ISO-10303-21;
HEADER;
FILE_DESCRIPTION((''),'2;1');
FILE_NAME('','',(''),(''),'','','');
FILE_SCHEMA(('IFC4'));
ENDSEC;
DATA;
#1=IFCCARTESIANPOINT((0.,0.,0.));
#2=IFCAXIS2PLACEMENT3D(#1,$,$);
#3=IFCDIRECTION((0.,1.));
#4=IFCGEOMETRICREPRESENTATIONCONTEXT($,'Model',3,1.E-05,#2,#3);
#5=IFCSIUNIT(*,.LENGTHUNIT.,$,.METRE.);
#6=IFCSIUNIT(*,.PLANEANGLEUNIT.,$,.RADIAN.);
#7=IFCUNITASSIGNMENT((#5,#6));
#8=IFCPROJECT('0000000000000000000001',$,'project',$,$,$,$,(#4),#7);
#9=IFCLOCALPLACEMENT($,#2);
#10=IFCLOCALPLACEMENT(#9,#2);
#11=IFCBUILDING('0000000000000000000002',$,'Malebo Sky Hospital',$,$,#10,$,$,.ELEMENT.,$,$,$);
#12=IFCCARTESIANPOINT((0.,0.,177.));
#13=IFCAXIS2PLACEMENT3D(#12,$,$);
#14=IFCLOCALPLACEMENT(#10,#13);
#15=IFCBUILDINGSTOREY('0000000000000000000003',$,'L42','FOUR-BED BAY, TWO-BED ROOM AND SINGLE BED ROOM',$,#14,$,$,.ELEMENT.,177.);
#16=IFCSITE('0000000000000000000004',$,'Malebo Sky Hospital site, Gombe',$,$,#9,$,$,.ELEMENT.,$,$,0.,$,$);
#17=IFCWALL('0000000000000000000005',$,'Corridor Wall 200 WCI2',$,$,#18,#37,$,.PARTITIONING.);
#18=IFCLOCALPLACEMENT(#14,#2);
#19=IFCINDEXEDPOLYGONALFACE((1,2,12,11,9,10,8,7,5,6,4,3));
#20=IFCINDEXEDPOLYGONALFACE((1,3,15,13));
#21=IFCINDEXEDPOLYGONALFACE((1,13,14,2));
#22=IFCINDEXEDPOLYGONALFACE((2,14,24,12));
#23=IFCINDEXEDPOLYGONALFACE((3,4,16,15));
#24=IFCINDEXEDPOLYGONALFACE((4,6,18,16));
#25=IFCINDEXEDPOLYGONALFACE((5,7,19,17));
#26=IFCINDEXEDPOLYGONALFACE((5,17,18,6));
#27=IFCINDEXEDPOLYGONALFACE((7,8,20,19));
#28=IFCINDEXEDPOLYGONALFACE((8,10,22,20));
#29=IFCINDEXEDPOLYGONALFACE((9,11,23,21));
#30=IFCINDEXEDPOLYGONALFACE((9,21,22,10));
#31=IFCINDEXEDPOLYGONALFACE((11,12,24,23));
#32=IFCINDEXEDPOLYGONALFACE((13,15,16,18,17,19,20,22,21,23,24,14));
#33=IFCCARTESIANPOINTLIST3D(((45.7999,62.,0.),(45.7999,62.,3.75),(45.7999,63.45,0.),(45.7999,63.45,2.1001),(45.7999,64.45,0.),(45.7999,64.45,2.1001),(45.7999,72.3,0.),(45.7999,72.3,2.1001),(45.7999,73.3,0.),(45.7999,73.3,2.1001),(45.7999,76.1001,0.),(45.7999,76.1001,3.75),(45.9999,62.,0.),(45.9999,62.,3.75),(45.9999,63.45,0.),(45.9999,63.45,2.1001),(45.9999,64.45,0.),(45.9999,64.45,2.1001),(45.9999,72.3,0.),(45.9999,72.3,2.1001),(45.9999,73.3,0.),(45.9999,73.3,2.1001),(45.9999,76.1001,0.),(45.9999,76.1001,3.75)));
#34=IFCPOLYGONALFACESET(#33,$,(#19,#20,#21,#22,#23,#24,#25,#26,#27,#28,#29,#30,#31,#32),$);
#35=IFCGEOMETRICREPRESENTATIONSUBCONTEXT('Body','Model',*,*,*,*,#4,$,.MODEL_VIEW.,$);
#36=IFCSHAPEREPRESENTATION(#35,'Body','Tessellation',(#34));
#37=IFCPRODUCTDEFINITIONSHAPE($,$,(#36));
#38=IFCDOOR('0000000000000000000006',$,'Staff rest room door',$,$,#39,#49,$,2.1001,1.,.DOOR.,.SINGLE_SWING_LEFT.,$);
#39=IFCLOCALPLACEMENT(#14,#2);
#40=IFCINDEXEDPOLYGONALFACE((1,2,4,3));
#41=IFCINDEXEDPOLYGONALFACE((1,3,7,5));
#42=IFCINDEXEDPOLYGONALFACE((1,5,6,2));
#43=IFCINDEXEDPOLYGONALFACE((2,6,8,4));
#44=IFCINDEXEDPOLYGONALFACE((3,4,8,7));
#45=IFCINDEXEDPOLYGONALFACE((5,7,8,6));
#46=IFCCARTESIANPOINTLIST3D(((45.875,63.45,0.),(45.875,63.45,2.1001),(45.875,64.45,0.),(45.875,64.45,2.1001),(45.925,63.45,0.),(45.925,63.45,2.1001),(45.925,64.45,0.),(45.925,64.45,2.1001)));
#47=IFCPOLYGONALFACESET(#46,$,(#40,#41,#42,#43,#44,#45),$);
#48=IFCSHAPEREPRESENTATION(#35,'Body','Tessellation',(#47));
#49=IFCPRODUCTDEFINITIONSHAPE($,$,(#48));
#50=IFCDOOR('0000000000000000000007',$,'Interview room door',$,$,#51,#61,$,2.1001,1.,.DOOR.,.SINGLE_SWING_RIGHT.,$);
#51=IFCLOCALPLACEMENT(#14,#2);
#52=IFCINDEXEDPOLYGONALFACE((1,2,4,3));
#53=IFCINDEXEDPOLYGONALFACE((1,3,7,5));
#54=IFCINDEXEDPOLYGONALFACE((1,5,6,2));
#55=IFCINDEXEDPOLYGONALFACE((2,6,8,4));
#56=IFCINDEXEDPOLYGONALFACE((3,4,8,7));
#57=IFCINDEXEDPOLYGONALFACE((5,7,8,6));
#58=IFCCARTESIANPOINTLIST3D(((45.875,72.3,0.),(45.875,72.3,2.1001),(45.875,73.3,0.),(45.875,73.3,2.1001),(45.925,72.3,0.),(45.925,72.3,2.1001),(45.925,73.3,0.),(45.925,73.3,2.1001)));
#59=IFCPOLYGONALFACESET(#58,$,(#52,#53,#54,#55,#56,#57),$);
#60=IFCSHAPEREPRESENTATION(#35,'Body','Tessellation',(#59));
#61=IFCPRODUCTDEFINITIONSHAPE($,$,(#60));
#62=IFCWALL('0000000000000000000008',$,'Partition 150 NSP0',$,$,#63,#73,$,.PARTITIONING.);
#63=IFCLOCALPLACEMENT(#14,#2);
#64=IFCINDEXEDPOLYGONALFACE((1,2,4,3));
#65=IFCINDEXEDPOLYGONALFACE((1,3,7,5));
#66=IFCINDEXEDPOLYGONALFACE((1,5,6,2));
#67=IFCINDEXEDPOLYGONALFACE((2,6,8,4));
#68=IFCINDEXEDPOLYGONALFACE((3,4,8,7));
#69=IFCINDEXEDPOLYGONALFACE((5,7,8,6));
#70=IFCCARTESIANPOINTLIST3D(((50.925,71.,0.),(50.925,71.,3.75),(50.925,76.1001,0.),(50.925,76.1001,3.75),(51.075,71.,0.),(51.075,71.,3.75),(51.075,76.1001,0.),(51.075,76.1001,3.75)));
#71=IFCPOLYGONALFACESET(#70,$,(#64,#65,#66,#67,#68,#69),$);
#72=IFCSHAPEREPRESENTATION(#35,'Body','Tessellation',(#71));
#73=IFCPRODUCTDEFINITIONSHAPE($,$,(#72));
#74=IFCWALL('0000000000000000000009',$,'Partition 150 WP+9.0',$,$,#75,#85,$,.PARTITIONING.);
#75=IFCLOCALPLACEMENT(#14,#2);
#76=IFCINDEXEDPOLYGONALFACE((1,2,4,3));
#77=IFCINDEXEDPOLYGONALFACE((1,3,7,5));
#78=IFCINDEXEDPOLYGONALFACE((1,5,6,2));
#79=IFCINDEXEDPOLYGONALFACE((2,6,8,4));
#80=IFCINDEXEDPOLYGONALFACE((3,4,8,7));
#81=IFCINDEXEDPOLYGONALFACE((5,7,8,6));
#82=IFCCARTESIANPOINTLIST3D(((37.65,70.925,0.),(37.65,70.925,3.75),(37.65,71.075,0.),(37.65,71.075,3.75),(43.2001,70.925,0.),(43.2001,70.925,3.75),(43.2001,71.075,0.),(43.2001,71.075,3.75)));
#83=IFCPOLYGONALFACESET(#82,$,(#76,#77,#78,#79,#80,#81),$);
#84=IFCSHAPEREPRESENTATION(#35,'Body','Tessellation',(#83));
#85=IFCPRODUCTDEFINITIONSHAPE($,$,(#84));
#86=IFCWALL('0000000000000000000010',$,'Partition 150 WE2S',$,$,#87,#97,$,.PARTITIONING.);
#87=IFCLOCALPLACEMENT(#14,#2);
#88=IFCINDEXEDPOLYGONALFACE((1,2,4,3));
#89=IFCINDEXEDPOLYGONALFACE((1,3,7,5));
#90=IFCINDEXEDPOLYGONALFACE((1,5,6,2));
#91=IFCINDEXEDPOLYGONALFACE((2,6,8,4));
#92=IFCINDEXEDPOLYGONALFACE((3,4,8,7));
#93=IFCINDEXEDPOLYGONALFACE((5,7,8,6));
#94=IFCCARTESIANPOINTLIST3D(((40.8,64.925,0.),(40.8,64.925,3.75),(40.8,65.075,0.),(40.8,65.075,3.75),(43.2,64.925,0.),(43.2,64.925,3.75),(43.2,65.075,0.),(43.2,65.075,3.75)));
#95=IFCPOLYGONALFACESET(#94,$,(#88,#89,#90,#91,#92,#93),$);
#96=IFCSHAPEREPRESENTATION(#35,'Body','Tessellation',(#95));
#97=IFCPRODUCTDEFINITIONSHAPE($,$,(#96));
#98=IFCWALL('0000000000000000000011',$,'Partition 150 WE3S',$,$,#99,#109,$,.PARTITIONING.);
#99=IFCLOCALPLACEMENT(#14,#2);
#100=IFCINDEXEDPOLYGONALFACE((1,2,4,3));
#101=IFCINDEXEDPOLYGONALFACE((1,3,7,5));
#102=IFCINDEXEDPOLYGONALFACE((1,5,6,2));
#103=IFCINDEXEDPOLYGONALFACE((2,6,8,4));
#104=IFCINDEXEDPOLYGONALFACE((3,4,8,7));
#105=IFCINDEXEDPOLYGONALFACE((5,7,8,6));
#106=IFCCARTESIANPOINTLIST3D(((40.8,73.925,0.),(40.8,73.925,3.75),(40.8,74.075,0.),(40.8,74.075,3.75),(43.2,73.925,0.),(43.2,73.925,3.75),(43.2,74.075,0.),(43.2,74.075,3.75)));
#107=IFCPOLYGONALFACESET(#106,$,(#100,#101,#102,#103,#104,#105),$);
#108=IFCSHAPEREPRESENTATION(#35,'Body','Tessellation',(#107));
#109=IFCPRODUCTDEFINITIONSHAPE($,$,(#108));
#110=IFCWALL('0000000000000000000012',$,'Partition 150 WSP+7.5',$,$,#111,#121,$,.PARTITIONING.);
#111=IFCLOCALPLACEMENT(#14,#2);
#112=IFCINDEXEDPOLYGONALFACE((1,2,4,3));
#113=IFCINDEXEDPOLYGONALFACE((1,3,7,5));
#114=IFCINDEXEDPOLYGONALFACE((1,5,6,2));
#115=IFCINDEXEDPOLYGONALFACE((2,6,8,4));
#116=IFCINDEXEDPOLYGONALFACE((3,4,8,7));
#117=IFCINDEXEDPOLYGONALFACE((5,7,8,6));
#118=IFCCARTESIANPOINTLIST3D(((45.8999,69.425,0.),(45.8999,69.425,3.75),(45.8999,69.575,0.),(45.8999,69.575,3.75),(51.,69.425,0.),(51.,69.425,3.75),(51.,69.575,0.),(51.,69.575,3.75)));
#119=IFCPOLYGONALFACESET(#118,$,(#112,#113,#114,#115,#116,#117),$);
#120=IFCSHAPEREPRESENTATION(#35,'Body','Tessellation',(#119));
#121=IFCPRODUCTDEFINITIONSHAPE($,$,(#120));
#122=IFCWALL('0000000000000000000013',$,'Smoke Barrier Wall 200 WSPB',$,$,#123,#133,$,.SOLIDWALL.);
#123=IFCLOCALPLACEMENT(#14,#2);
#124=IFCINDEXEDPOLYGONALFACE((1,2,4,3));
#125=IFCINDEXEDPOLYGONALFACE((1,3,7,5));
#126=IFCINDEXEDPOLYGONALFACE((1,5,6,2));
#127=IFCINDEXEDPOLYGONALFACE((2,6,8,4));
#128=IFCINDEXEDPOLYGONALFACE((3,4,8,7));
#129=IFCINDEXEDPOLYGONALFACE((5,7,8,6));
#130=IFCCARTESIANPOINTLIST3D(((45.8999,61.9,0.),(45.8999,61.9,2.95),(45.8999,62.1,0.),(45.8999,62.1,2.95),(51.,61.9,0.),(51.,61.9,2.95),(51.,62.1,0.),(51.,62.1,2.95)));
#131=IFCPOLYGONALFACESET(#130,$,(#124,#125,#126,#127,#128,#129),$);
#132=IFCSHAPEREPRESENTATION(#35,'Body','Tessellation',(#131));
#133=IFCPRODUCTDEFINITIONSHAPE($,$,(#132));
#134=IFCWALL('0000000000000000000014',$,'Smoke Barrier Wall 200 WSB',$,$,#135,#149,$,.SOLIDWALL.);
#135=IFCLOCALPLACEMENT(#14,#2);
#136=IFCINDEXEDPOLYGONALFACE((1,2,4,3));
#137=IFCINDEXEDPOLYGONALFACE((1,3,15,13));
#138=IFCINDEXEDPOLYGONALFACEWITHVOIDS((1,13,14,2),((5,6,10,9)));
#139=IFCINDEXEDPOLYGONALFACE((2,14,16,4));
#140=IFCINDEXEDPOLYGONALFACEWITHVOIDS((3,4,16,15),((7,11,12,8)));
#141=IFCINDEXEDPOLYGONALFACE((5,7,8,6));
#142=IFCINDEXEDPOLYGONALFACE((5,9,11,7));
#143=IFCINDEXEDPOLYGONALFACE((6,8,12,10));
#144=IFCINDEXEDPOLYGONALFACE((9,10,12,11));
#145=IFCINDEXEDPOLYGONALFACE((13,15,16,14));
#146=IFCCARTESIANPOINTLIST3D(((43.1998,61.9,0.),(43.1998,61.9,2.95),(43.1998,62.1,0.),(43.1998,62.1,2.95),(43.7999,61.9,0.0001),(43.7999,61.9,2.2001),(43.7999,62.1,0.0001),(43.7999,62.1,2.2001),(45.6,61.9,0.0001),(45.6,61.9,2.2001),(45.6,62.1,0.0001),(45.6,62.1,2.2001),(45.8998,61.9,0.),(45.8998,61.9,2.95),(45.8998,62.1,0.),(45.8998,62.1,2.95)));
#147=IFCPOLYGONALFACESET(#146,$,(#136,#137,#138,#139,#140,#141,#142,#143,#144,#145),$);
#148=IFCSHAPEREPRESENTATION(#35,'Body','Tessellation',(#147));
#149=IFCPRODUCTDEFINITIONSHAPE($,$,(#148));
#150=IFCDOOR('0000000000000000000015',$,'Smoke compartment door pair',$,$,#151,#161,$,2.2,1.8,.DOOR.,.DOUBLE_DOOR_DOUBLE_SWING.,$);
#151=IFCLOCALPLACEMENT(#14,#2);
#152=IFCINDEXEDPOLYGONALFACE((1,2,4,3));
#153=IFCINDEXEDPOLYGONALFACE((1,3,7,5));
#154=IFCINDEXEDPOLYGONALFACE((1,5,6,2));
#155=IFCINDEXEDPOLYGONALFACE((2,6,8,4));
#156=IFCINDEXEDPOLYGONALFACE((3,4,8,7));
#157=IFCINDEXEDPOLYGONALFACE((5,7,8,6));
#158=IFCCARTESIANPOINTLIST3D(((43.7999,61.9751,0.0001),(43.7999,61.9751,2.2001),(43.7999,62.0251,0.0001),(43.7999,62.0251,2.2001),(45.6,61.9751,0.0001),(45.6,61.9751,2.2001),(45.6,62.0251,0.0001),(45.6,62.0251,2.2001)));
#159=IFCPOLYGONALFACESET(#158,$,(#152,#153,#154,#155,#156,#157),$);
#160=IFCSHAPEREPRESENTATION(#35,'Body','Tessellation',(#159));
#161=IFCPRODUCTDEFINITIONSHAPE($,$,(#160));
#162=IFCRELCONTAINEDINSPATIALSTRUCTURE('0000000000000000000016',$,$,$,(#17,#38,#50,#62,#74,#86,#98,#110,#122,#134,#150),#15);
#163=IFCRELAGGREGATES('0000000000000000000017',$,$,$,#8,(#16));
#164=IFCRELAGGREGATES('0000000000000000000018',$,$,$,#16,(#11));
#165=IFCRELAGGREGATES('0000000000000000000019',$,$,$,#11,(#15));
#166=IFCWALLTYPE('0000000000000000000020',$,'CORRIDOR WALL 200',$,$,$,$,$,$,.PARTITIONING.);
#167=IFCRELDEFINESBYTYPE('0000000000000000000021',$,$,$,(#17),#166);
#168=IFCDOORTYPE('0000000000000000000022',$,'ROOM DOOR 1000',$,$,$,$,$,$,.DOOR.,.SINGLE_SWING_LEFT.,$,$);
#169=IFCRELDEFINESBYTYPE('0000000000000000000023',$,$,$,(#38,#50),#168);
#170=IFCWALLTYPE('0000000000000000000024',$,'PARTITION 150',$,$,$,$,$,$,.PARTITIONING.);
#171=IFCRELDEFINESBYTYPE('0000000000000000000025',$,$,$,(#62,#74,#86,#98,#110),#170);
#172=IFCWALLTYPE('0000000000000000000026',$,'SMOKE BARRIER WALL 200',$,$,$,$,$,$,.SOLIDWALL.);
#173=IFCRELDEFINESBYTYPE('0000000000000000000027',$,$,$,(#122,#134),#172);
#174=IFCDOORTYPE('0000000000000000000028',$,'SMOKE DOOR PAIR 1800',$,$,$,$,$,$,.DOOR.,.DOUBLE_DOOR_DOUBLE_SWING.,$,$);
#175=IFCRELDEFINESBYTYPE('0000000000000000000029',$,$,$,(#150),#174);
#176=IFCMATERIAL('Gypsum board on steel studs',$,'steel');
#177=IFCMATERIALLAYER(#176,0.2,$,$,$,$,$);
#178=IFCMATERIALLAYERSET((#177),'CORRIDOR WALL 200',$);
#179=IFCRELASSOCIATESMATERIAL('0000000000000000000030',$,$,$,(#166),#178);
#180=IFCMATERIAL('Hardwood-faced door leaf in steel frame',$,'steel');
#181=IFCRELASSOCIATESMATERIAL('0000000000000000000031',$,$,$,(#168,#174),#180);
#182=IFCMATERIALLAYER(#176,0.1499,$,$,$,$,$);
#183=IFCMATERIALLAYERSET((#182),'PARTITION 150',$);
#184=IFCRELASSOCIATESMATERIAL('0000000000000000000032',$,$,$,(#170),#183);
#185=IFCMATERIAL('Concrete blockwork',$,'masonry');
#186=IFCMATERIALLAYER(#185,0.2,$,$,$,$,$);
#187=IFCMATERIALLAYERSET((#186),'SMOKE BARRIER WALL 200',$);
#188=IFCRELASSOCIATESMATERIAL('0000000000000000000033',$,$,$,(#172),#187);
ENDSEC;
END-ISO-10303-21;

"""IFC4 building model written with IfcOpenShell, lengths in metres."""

from ifc_helpers import new_model, si_unit, direction, frame, frame_2d, origin, place, context, subcontext, project, spatial, rectangle, extrude, material, layer, layer_set, type_object, element, fill, save


model = new_model("IFC4")

# Units and contexts
model_context = context("Model", 3, precision=1e-05, world=origin(), true_north=direction((0.0, 1.0)))
body_context = subcontext(model_context, "Body", "Model", "MODEL_VIEW")
ifc_project = project(units=[si_unit("LENGTHUNIT", "METRE"), si_unit("PLANEANGLEUNIT", "RADIAN")], contexts=[model_context])

# Site, building, storey
site_placement = place(None, origin())
site = spatial("IfcSite", under=ifc_project, at=site_placement, Name="Malebo Sky Hospital site, Gombe", CompositionType="ELEMENT", RefElevation=0.0)
building_placement = place(site_placement, origin())
building = spatial("IfcBuilding", under=site, at=building_placement, Name="Malebo Sky Hospital", CompositionType="ELEMENT")
storey_placement = place(building_placement, frame((0.0, 0.0, 177.0)))
storey = spatial("IfcBuildingStorey", under=building, at=storey_placement, Name="L42", Description="FOUR-BED BAY, TWO-BED ROOM AND SINGLE BED ROOM", CompositionType="ELEMENT", Elevation=177.0)

# Shared definitions
ifc_material_1 = material(Name="Hardwood-faced door leaf in steel frame", Category="steel")

# Wall, openings, doors
ifc_material_2 = material(Name="Gypsum board on steel studs", Category="steel")
ifc_layer_1 = layer(ifc_material_2, 0.2)
ifc_layer_set_1 = layer_set([ifc_layer_1], Name="CORRIDOR WALL 200")
wall_type_1 = type_object("IfcWallType", Name="CORRIDOR WALL 200", PredefinedType="PARTITIONING", material=ifc_layer_set_1)
wall_1_placement = place(storey_placement, frame((45.8999, 62.0, 0.0), z_axis=(0.0, 0.0, 1.0), x_axis=(0.0, 1.0, 0.0)))
wall_1 = element("IfcWall", 1, at=wall_1_placement, inside=storey, type_object=wall_type_1, Name="Corridor Wall 200 WCI2", PredefinedType="PARTITIONING", context=body_context, shape_type="SweptSolid", body=[
    extrude(rectangle(XDim=14.1001, YDim=0.2, at=frame_2d((7.05, 0.0))), origin(), (0.0, 0.0, 1.0), 3.75),
])
opening_1_placement = place(wall_1_placement, frame((1.45, 0.0, 0.0)))
opening_1 = element("IfcOpeningElement", 2, at=opening_1_placement, cuts=wall_1, PredefinedType="OPENING", context=body_context, shape_type="SweptSolid", body=[
    extrude(rectangle(XDim=1.0, YDim=2.1001, at=frame_2d((0.5, 1.05))), frame((0.0, 0.1099, 0.0), z_axis=(0.0, -1.0, 0.0), x_axis=(1.0, 0.0, 0.0)), (0.0, 0.0, 1.0), 0.22),
])
opening_2_placement = place(wall_1_placement, frame((10.3, 0.0, 0.0)))
opening_2 = element("IfcOpeningElement", 3, at=opening_2_placement, cuts=wall_1, PredefinedType="OPENING", context=body_context, shape_type="SweptSolid", body=[
    extrude(rectangle(XDim=1.0, YDim=2.1001, at=frame_2d((0.5, 1.05))), frame((0.0, 0.1099, 0.0), z_axis=(0.0, -1.0, 0.0), x_axis=(1.0, 0.0, 0.0)), (0.0, 0.0, 1.0), 0.22),
])
door_type_1 = type_object("IfcDoorType", Name="ROOM DOOR 1000", OperationType="SINGLE_SWING_LEFT", PredefinedType="DOOR", material=ifc_material_1)
door_1_placement = place(opening_1_placement, origin())
door_1 = element("IfcDoor", 4, at=door_1_placement, inside=storey, type_object=door_type_1, Name="Staff rest room door", OperationType="SINGLE_SWING_LEFT", OverallHeight=2.1001, OverallWidth=1.0, PredefinedType="DOOR", context=body_context, shape_type="SweptSolid", body=[
    extrude(rectangle(XDim=1.0, YDim=2.1001, at=frame_2d((0.5, 1.05))), frame((0.0, 0.0249, 0.0), z_axis=(0.0, -1.0, 0.0), x_axis=(1.0, 0.0, 0.0)), (0.0, 0.0, 1.0), 0.05),
])
fill(opening_1, door_1)
door_2_placement = place(opening_2_placement, origin())
door_2 = element("IfcDoor", 5, at=door_2_placement, inside=storey, type_object=door_type_1, Name="Interview room door", OperationType="SINGLE_SWING_RIGHT", OverallHeight=2.1001, OverallWidth=1.0, PredefinedType="DOOR", context=body_context, shape_type="SweptSolid", body=[
    extrude(rectangle(XDim=1.0, YDim=2.1001, at=frame_2d((0.5, 1.05))), frame((0.0, 0.0249, 0.0), z_axis=(0.0, -1.0, 0.0), x_axis=(1.0, 0.0, 0.0)), (0.0, 0.0, 1.0), 0.05),
])
fill(opening_2, door_2)

# Walls
ifc_layer_2 = layer(ifc_material_2, 0.1499)
ifc_layer_set_2 = layer_set([ifc_layer_2], Name="PARTITION 150")
wall_type_2 = type_object("IfcWallType", Name="PARTITION 150", PredefinedType="PARTITIONING", material=ifc_layer_set_2)
wall_2_placement = place(storey_placement, frame((51.0, 71.0, 0.0), z_axis=(0.0, 0.0, 1.0), x_axis=(0.0, 1.0, 0.0)))
element("IfcWall", 6, at=wall_2_placement, inside=storey, type_object=wall_type_2, Name="Partition 150 NSP0", PredefinedType="PARTITIONING", context=body_context, shape_type="SweptSolid", body=[
    extrude(rectangle(XDim=5.1001, YDim=0.1499, at=frame_2d((2.55, 0.0))), origin(), (0.0, 0.0, 1.0), 3.75),
])
wall_3_placement = place(storey_placement, frame((43.2, 71.0, 0.0), z_axis=(0.0, 0.0, 1.0), x_axis=(-1.0, 0.0, 0.0)))
element("IfcWall", 7, at=wall_3_placement, inside=storey, type_object=wall_type_2, Name="Partition 150 WP+9.0", PredefinedType="PARTITIONING", context=body_context, shape_type="SweptSolid", body=[
    extrude(rectangle(XDim=5.55, YDim=0.1499, at=frame_2d((2.7749, 0.0))), origin(), (0.0, 0.0, 1.0), 3.75),
])
for number, where, z_axis, x_axis, name in (
    (8, (43.2, 65.0, 0.0), (0.0, 0.0, 1.0), (-1.0, 0.0, 0.0), "Partition 150 WE2S"),
    (9, (43.2, 74.0, 0.0), (0.0, 0.0, 1.0), (-1.0, 0.0, 0.0), "Partition 150 WE3S"),
):
    element("IfcWall", number, at=place(storey_placement, frame(where, z_axis=z_axis, x_axis=x_axis)), inside=storey, type_object=wall_type_2, Name=name, PredefinedType="PARTITIONING", context=body_context, shape_type="SweptSolid", body=[
        extrude(rectangle(XDim=2.3999, YDim=0.1499, at=frame_2d((1.2, 0.0))), origin(), (0.0, 0.0, 1.0), 3.75),
    ])
wall_4_placement = place(storey_placement, frame((51.0, 69.5, 0.0), z_axis=(0.0, 0.0, 1.0), x_axis=(-1.0, 0.0, 0.0)))
element("IfcWall", 10, at=wall_4_placement, inside=storey, type_object=wall_type_2, Name="Partition 150 WSP+7.5", PredefinedType="PARTITIONING", context=body_context, shape_type="SweptSolid", body=[
    extrude(rectangle(XDim=5.1001, YDim=0.1499, at=frame_2d((2.55, 0.0))), origin(), (0.0, 0.0, 1.0), 3.75),
])
ifc_material_3 = material(Name="Concrete blockwork", Category="masonry")
ifc_layer_3 = layer(ifc_material_3, 0.2)
ifc_layer_set_3 = layer_set([ifc_layer_3], Name="SMOKE BARRIER WALL 200")
wall_type_3 = type_object("IfcWallType", Name="SMOKE BARRIER WALL 200", PredefinedType="SOLIDWALL", material=ifc_layer_set_3)
wall_5_placement = place(storey_placement, frame((51.0, 62.0, 0.0), z_axis=(0.0, 0.0, 1.0), x_axis=(-1.0, 0.0, 0.0)))
element("IfcWall", 11, at=wall_5_placement, inside=storey, type_object=wall_type_3, Name="Smoke Barrier Wall 200 WSPB", PredefinedType="SOLIDWALL", context=body_context, shape_type="SweptSolid", body=[
    extrude(rectangle(XDim=5.1001, YDim=0.2, at=frame_2d((2.55, 0.0))), origin(), (0.0, 0.0, 1.0), 2.95),
])

# Wall, opening, door
wall_6_placement = place(storey_placement, frame((45.8999, 62.0, 0.0), z_axis=(0.0, 0.0, 1.0), x_axis=(-1.0, 0.0, 0.0)))
wall_6 = element("IfcWall", 12, at=wall_6_placement, inside=storey, type_object=wall_type_3, Name="Smoke Barrier Wall 200 WSB", PredefinedType="SOLIDWALL", context=body_context, shape_type="SweptSolid", body=[
    extrude(rectangle(XDim=2.7, YDim=0.2, at=frame_2d((1.3501, 0.0))), origin(), (0.0, 0.0, 1.0), 2.95),
])
opening_3_placement = place(wall_6_placement, frame((0.3, 0.0, 0.0)))
opening_3 = element("IfcOpeningElement", 13, at=opening_3_placement, cuts=wall_6, PredefinedType="OPENING", context=body_context, shape_type="SweptSolid", body=[
    extrude(rectangle(XDim=1.8, YDim=2.2, at=frame_2d((0.8999, 1.1001))), frame((0.0, 0.1099, 0.0), z_axis=(0.0, -1.0, 0.0), x_axis=(1.0, 0.0, 0.0)), (0.0, 0.0, 1.0), 0.22),
])
door_type_2 = type_object("IfcDoorType", Name="SMOKE DOOR PAIR 1800", OperationType="DOUBLE_DOOR_DOUBLE_SWING", PredefinedType="DOOR", material=ifc_material_1)
door_3_placement = place(opening_3_placement, origin())
door_3 = element("IfcDoor", 14, at=door_3_placement, inside=storey, type_object=door_type_2, Name="Smoke compartment door pair", OperationType="DOUBLE_DOOR_DOUBLE_SWING", OverallHeight=2.2, OverallWidth=1.8, PredefinedType="DOOR", context=body_context, shape_type="SweptSolid", body=[
    extrude(rectangle(XDim=1.8, YDim=2.2, at=frame_2d((0.8999, 1.1001))), frame((0.0, 0.0249, 0.0), z_axis=(0.0, -1.0, 0.0), x_axis=(1.0, 0.0, 0.0)), (0.0, 0.0, 1.0), 0.05),
])
fill(opening_3, door_3)

save(model, "model.ifc")
